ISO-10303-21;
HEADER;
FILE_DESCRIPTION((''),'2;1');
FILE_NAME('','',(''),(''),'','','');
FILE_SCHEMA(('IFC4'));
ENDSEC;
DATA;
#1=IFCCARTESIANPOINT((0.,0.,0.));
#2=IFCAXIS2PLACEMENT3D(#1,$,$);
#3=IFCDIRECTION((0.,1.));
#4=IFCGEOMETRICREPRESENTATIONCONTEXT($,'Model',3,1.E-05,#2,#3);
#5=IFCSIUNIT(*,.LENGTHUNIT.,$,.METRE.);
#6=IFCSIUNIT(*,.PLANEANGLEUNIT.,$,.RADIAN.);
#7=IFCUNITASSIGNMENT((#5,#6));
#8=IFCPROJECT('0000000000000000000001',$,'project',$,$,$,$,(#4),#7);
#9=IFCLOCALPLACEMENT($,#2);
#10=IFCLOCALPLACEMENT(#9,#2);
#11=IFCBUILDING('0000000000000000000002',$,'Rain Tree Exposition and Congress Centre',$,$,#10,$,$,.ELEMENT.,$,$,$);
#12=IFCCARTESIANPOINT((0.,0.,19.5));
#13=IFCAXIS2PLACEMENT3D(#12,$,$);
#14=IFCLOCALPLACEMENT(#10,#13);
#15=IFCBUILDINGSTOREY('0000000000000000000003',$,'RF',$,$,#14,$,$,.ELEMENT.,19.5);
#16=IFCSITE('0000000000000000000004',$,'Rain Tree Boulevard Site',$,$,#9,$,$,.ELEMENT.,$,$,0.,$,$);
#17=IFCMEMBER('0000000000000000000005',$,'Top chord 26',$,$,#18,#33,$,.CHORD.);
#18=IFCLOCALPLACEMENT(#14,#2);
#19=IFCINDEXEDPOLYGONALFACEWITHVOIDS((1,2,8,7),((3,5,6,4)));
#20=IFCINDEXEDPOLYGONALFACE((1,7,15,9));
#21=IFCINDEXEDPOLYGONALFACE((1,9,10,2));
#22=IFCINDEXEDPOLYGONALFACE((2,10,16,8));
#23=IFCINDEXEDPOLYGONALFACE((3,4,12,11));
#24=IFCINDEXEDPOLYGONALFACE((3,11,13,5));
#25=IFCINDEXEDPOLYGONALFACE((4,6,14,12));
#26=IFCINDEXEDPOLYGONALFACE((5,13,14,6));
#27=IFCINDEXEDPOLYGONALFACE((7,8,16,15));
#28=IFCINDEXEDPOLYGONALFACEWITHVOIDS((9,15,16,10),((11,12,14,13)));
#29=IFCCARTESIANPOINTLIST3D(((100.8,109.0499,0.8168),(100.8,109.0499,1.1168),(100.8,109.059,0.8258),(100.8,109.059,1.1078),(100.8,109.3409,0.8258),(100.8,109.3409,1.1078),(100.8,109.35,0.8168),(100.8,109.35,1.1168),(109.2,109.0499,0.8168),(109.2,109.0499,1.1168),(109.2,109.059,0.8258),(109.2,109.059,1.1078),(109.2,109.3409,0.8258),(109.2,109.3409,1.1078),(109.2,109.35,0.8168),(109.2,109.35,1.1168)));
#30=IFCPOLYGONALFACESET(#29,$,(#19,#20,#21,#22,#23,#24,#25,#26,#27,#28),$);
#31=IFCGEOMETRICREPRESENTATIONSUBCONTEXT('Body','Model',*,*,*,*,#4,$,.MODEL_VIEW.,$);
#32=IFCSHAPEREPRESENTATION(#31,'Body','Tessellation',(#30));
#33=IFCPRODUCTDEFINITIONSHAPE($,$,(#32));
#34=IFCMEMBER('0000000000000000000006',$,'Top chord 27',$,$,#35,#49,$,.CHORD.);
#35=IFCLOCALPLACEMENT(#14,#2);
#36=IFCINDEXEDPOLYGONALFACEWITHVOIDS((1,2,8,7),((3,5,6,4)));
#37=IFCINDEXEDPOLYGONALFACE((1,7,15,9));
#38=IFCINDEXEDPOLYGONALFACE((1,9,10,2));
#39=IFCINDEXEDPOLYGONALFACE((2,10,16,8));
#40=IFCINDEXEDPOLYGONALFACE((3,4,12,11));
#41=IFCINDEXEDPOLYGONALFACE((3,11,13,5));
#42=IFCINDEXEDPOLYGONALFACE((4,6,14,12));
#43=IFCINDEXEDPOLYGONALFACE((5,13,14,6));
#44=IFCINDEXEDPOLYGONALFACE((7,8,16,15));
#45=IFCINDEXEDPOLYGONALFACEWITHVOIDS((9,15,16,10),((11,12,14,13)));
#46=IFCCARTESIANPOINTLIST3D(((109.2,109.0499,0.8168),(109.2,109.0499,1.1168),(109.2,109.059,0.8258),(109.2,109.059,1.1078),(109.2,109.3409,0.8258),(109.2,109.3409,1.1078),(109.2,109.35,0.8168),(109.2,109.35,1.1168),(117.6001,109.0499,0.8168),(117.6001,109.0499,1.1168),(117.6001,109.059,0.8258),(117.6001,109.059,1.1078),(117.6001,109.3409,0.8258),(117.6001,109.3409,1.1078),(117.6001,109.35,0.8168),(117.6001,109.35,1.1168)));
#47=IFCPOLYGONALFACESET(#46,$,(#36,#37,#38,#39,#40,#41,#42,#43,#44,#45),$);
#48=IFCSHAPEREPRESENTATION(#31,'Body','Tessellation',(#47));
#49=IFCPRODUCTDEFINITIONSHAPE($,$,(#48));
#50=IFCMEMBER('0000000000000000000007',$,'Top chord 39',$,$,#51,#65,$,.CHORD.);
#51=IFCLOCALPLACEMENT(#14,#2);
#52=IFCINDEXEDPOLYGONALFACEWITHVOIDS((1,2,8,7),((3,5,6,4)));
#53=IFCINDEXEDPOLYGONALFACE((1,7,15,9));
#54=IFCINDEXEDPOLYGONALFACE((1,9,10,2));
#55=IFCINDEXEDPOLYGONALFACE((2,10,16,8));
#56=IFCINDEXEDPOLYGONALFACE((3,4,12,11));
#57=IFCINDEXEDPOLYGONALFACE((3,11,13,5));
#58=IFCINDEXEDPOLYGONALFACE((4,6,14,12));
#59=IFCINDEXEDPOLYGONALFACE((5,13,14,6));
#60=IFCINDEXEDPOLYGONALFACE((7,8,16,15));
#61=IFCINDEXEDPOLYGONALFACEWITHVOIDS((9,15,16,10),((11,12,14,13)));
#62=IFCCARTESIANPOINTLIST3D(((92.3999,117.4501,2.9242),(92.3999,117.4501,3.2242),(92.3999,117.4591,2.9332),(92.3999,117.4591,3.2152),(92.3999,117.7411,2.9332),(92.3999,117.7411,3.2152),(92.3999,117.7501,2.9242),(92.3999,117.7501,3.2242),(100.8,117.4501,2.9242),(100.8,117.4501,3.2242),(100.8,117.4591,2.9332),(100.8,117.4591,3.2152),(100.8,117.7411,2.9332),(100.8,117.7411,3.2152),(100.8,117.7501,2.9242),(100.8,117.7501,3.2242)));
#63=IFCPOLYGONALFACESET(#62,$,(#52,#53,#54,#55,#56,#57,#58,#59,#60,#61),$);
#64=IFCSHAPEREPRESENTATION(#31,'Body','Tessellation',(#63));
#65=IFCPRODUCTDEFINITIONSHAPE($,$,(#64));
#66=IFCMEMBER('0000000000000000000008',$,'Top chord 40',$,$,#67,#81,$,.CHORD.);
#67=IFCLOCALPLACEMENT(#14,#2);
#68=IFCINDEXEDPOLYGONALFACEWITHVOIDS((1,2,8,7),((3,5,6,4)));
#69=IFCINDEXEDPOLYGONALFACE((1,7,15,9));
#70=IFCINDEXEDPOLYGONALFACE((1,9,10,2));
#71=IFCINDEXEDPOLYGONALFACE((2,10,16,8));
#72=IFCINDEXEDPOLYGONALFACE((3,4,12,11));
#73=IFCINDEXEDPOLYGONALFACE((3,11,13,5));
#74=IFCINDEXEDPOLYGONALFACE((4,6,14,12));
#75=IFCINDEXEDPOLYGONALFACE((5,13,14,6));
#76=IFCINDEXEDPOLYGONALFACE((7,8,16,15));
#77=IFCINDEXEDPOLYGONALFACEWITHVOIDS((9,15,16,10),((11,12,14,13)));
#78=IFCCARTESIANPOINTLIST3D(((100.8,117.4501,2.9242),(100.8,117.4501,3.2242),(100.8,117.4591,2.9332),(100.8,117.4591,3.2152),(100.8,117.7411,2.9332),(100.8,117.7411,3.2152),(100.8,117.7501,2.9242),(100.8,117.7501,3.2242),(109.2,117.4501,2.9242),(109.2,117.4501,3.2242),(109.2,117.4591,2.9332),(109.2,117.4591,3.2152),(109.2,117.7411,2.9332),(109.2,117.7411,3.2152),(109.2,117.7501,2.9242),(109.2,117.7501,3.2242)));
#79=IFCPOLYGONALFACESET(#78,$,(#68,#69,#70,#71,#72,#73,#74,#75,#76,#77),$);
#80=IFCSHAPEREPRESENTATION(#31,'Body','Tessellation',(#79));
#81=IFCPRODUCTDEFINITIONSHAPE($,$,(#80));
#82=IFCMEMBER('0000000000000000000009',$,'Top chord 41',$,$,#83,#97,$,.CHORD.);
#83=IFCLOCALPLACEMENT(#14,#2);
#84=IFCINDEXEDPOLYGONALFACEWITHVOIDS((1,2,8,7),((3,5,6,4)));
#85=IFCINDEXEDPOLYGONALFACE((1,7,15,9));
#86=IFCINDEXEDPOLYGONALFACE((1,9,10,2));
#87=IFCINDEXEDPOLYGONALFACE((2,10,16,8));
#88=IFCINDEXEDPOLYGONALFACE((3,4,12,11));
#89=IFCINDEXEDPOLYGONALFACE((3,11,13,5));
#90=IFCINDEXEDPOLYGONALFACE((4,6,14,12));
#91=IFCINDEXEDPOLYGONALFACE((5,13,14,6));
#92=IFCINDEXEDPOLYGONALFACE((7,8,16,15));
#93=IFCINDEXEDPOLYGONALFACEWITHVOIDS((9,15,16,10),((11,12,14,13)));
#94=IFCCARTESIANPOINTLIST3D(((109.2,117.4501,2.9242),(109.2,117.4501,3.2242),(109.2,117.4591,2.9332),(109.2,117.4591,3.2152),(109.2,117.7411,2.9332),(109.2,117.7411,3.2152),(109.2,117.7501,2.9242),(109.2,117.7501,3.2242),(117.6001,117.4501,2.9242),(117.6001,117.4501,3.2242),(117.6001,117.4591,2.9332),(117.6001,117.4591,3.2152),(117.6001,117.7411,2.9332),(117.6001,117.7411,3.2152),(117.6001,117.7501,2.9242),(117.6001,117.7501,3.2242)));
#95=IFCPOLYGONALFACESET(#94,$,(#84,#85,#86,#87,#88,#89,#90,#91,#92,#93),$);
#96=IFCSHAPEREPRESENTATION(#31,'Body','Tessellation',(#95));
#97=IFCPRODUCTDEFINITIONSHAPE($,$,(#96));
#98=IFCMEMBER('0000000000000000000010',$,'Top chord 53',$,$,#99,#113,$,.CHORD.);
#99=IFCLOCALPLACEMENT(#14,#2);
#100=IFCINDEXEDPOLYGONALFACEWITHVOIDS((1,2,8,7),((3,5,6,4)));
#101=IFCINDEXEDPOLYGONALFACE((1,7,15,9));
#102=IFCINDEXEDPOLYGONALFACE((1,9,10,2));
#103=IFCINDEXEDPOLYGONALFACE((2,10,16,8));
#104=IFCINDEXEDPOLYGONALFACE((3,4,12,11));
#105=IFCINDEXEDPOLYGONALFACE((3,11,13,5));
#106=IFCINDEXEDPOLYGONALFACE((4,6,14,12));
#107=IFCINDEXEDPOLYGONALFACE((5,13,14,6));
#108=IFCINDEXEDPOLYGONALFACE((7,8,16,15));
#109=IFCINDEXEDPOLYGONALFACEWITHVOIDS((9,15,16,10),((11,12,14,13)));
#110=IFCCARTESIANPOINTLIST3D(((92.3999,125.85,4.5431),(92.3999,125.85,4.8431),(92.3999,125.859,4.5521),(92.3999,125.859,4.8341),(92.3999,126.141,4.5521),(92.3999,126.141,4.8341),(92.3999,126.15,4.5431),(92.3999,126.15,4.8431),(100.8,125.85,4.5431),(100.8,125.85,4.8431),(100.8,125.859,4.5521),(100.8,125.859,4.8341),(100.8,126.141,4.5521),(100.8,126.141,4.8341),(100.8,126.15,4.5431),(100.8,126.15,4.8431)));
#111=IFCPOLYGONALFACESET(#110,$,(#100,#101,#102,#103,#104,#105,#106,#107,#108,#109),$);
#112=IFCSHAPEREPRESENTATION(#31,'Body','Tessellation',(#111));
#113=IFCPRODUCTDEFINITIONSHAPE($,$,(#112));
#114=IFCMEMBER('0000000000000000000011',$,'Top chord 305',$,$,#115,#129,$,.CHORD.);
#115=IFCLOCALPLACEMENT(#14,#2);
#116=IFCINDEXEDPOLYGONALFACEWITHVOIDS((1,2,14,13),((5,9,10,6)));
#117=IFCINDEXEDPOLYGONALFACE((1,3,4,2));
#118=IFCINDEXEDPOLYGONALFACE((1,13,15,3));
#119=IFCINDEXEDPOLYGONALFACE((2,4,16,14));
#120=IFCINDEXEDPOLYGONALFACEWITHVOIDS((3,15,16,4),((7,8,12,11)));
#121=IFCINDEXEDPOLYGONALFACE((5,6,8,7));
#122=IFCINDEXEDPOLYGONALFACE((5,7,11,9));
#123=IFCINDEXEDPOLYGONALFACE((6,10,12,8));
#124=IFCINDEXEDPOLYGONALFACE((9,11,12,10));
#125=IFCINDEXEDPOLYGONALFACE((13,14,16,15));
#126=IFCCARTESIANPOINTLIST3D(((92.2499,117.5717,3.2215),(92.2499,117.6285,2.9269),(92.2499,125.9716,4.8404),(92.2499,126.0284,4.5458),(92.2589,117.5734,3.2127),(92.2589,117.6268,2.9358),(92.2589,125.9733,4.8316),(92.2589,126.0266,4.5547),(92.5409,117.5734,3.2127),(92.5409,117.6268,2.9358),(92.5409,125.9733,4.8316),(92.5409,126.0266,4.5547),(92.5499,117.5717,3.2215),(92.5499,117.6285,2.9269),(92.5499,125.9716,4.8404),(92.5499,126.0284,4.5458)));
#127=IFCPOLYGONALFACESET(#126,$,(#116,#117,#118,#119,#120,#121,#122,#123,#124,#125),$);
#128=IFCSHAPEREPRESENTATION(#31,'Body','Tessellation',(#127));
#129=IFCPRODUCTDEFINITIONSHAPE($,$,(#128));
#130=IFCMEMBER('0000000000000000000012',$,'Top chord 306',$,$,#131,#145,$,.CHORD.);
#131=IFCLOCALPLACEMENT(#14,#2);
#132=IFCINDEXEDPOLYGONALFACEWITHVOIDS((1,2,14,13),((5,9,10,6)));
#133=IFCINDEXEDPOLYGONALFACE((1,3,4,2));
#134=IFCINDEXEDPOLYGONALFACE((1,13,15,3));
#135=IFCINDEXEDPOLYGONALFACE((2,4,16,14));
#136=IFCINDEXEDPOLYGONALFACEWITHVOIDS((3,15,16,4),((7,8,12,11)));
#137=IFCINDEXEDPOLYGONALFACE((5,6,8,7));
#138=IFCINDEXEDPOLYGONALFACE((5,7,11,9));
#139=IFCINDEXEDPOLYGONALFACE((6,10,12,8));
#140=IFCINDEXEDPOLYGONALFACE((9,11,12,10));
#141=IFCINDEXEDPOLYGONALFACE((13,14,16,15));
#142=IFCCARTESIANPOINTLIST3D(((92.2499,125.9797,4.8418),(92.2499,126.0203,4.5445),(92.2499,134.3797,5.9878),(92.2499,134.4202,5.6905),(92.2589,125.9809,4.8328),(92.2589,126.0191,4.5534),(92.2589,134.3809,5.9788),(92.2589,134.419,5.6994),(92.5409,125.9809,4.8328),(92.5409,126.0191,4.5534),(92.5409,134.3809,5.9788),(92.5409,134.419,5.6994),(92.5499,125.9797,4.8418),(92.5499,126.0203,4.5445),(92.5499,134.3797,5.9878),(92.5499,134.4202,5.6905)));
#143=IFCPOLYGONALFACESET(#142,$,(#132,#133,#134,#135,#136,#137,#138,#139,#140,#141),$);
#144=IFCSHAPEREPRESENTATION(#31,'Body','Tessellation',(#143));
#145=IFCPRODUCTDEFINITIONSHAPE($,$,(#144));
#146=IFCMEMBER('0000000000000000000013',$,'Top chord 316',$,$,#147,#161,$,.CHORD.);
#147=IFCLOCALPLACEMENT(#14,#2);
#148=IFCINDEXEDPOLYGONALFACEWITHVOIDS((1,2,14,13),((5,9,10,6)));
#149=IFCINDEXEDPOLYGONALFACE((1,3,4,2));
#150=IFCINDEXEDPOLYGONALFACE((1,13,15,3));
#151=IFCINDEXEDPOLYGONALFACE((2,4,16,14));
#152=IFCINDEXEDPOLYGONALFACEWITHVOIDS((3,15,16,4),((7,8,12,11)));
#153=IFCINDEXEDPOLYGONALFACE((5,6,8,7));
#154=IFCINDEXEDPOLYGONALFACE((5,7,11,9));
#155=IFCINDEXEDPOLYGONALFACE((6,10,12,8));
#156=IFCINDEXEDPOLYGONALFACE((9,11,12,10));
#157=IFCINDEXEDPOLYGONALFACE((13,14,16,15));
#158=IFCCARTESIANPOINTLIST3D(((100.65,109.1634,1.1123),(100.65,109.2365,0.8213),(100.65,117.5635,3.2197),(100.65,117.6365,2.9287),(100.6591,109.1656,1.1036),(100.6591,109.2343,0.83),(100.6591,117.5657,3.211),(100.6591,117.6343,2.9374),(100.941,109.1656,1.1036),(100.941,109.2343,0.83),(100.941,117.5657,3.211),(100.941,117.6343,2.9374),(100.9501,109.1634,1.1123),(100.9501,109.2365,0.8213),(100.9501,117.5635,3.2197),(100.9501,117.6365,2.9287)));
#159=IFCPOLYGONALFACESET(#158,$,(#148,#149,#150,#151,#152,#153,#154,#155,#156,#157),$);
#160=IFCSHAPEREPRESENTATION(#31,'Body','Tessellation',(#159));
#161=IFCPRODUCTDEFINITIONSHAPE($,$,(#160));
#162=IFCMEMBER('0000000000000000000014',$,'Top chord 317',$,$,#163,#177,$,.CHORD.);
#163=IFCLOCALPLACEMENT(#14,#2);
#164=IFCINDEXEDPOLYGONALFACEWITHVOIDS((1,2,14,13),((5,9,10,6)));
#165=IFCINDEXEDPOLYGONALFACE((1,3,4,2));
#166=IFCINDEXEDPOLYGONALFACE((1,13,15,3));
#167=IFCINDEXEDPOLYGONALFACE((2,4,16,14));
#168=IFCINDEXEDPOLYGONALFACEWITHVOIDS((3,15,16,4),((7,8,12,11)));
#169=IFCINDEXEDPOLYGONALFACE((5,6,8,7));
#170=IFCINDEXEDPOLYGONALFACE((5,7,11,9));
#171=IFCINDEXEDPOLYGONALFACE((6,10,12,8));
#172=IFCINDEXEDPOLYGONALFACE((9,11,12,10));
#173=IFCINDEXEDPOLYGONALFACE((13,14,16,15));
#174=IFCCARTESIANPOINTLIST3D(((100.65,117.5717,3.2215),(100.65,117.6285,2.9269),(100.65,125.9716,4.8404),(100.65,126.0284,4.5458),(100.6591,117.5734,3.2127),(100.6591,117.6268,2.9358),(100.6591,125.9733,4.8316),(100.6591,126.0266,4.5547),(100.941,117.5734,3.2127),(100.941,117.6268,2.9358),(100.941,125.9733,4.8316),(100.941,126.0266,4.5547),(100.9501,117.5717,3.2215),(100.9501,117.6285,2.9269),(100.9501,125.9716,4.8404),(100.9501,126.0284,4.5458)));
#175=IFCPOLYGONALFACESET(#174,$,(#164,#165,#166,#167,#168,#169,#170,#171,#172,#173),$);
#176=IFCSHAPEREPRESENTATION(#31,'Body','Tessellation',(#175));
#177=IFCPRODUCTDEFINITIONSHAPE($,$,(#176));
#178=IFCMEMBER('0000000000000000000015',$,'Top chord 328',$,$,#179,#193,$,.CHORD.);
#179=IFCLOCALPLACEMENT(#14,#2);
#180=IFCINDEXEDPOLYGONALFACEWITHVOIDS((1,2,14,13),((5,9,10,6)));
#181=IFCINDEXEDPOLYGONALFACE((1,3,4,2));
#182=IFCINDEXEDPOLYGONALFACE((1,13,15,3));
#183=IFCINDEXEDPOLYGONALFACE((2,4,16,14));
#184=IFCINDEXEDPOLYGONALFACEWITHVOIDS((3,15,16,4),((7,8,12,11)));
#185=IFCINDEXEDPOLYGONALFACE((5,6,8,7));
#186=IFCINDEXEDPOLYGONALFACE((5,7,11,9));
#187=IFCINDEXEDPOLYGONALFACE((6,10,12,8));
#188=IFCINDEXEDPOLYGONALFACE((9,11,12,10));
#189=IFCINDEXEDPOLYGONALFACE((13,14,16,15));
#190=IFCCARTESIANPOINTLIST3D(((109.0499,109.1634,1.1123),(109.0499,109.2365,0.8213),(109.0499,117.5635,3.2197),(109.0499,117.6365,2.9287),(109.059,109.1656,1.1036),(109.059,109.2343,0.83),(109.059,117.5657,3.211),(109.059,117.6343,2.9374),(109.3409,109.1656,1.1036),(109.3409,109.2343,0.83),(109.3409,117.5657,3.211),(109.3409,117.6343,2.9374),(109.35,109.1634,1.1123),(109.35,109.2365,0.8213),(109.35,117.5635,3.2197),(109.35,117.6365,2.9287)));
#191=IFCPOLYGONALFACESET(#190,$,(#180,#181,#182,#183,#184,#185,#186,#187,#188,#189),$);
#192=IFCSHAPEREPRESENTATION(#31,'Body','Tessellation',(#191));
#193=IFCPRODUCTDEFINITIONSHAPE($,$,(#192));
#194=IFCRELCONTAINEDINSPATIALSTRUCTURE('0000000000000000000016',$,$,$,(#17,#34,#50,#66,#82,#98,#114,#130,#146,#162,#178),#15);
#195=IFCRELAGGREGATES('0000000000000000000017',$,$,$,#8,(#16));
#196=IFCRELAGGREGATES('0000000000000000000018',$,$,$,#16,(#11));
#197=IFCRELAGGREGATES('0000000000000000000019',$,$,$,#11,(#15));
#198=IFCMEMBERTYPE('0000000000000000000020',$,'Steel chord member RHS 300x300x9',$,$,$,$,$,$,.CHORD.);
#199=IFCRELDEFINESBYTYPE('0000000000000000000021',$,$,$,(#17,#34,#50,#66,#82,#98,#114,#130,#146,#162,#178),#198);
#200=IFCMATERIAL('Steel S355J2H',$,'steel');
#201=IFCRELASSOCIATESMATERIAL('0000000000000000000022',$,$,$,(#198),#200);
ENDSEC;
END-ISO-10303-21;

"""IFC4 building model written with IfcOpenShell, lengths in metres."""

from ifc_helpers import new_model, si_unit, direction, frame, origin, origin_2d, place, context, subcontext, project, spatial, hollow_rectangle, extrude, material, material_profile, profile_set, type_object, element, save


model = new_model("IFC4")

# Units and contexts
model_context = context("Model", 3, precision=1e-05, world=origin(), true_north=direction((0.0, 1.0)))
body_context = subcontext(model_context, "Body", "Model", "MODEL_VIEW")
ifc_project = project(units=[si_unit("LENGTHUNIT", "METRE"), si_unit("PLANEANGLEUNIT", "RADIAN")], contexts=[model_context])

# Site, building, storey
site_placement = place(None, origin())
site = spatial("IfcSite", under=ifc_project, at=site_placement, Name="Rain Tree Boulevard Site", CompositionType="ELEMENT", RefElevation=0.0)
building_placement = place(site_placement, origin())
building = spatial("IfcBuilding", under=site, at=building_placement, Name="Rain Tree Exposition and Congress Centre", CompositionType="ELEMENT")
storey_placement = place(building_placement, frame((0.0, 0.0, 19.5)))
storey = spatial("IfcBuildingStorey", under=building, at=storey_placement, Name="RF", CompositionType="ELEMENT", Elevation=19.5)

# Members
ifc_material_1 = material(Name="Steel S355J2H", Category="steel")
ifc_material_profile_1 = material_profile(ifc_material_1, hollow_rectangle(XDim=0.3, YDim=0.3, WallThickness=0.009, at=origin_2d()), Name="RHS 300x300x9")
ifc_profile_set_1 = profile_set([ifc_material_profile_1], Name="Steel S355J2H")
member_type = type_object("IfcMemberType", Name="Steel chord member RHS 300x300x9", PredefinedType="CHORD", material=ifc_profile_set_1)
member_1_placement = place(storey_placement, frame((100.8, 109.2, 0.9668), z_axis=(1.0, 0.0, 0.0), x_axis=(0.0, 1.0, 0.0)))
element("IfcMember", 1, at=member_1_placement, inside=storey, type_object=member_type, Name="Top chord 26", PredefinedType="CHORD", context=body_context, shape_type="SweptSolid", body=[
    extrude(hollow_rectangle(XDim=0.3, YDim=0.3, WallThickness=0.009, at=origin_2d()), origin(), (0.0, 0.0, 1.0), 8.3999),
])
for number, where, z_axis, x_axis, name in (
    (2, (109.2, 109.2, 0.9668), (1.0, 0.0, 0.0), (0.0, 1.0, 0.0), "Top chord 27"),
    (3, (92.3999, 117.6001, 3.0742), (1.0, 0.0, 0.0), (0.0, 1.0, 0.0), "Top chord 39"),
):
    element("IfcMember", number, at=place(storey_placement, frame(where, z_axis=z_axis, x_axis=x_axis)), inside=storey, type_object=member_type, Name=name, PredefinedType="CHORD", context=body_context, shape_type="SweptSolid", body=[
        extrude(hollow_rectangle(XDim=0.3, YDim=0.3, WallThickness=0.009, at=origin_2d()), origin(), (0.0, 0.0, 1.0), 8.4001),
    ])
member_2_placement = place(storey_placement, frame((100.8, 117.6001, 3.0742), z_axis=(1.0, 0.0, 0.0), x_axis=(0.0, 1.0, 0.0)))
element("IfcMember", 4, at=member_2_placement, inside=storey, type_object=member_type, Name="Top chord 40", PredefinedType="CHORD", context=body_context, shape_type="SweptSolid", body=[
    extrude(hollow_rectangle(XDim=0.3, YDim=0.3, WallThickness=0.009, at=origin_2d()), origin(), (0.0, 0.0, 1.0), 8.3999),
])
for number, where, z_axis, x_axis, name in (
    (5, (109.2, 117.6001, 3.0742), (1.0, 0.0, 0.0), (0.0, 1.0, 0.0), "Top chord 41"),
    (6, (92.3999, 126.0, 4.6931), (1.0, 0.0, 0.0), (0.0, 1.0, 0.0), "Top chord 53"),
):
    element("IfcMember", number, at=place(storey_placement, frame(where, z_axis=z_axis, x_axis=x_axis)), inside=storey, type_object=member_type, Name=name, PredefinedType="CHORD", context=body_context, shape_type="SweptSolid", body=[
        extrude(hollow_rectangle(XDim=0.3, YDim=0.3, WallThickness=0.009, at=origin_2d()), origin(), (0.0, 0.0, 1.0), 8.4001),
    ])
member_3_placement = place(storey_placement, frame((92.3999, 117.6001, 3.0742), z_axis=(0.0, 0.98193, 0.189245), x_axis=(-1.0, 0.0, 0.0)))
element("IfcMember", 7, at=member_3_placement, inside=storey, type_object=member_type, Name="Top chord 305", PredefinedType="CHORD", context=body_context, shape_type="SweptSolid", body=[
    extrude(hollow_rectangle(XDim=0.3, YDim=0.3, WallThickness=0.009, at=origin_2d()), origin(), (0.0, 0.0, 1.0), 8.5544),
])
member_4_placement = place(storey_placement, frame((92.3999, 126.0, 4.6931), z_axis=(0.0, 0.990821, 0.135177), x_axis=(-1.0, 0.0, 0.0)))
element("IfcMember", 8, at=member_4_placement, inside=storey, type_object=member_type, Name="Top chord 306", PredefinedType="CHORD", context=body_context, shape_type="SweptSolid", body=[
    extrude(hollow_rectangle(XDim=0.3, YDim=0.3, WallThickness=0.009, at=origin_2d()), origin(), (0.0, 0.0, 1.0), 8.4778),
])
member_5_placement = place(storey_placement, frame((100.8, 109.2, 0.9668), z_axis=(0.0, 0.969942, 0.243338), x_axis=(-1.0, 0.0, 0.0)))
element("IfcMember", 9, at=member_5_placement, inside=storey, type_object=member_type, Name="Top chord 316", PredefinedType="CHORD", context=body_context, shape_type="SweptSolid", body=[
    extrude(hollow_rectangle(XDim=0.3, YDim=0.3, WallThickness=0.009, at=origin_2d()), origin(), (0.0, 0.0, 1.0), 8.6604),
])
member_6_placement = place(storey_placement, frame((100.8, 117.6001, 3.0742), z_axis=(0.0, 0.98193, 0.189245), x_axis=(-1.0, 0.0, 0.0)))
element("IfcMember", 10, at=member_6_placement, inside=storey, type_object=member_type, Name="Top chord 317", PredefinedType="CHORD", context=body_context, shape_type="SweptSolid", body=[
    extrude(hollow_rectangle(XDim=0.3, YDim=0.3, WallThickness=0.009, at=origin_2d()), origin(), (0.0, 0.0, 1.0), 8.5544),
])
member_7_placement = place(storey_placement, frame((109.2, 109.2, 0.9668), z_axis=(0.0, 0.969942, 0.243338), x_axis=(-1.0, 0.0, 0.0)))
element("IfcMember", 11, at=member_7_placement, inside=storey, type_object=member_type, Name="Top chord 328", PredefinedType="CHORD", context=body_context, shape_type="SweptSolid", body=[
    extrude(hollow_rectangle(XDim=0.3, YDim=0.3, WallThickness=0.009, at=origin_2d()), origin(), (0.0, 0.0, 1.0), 8.6604),
])

save(model, "model.ifc")
